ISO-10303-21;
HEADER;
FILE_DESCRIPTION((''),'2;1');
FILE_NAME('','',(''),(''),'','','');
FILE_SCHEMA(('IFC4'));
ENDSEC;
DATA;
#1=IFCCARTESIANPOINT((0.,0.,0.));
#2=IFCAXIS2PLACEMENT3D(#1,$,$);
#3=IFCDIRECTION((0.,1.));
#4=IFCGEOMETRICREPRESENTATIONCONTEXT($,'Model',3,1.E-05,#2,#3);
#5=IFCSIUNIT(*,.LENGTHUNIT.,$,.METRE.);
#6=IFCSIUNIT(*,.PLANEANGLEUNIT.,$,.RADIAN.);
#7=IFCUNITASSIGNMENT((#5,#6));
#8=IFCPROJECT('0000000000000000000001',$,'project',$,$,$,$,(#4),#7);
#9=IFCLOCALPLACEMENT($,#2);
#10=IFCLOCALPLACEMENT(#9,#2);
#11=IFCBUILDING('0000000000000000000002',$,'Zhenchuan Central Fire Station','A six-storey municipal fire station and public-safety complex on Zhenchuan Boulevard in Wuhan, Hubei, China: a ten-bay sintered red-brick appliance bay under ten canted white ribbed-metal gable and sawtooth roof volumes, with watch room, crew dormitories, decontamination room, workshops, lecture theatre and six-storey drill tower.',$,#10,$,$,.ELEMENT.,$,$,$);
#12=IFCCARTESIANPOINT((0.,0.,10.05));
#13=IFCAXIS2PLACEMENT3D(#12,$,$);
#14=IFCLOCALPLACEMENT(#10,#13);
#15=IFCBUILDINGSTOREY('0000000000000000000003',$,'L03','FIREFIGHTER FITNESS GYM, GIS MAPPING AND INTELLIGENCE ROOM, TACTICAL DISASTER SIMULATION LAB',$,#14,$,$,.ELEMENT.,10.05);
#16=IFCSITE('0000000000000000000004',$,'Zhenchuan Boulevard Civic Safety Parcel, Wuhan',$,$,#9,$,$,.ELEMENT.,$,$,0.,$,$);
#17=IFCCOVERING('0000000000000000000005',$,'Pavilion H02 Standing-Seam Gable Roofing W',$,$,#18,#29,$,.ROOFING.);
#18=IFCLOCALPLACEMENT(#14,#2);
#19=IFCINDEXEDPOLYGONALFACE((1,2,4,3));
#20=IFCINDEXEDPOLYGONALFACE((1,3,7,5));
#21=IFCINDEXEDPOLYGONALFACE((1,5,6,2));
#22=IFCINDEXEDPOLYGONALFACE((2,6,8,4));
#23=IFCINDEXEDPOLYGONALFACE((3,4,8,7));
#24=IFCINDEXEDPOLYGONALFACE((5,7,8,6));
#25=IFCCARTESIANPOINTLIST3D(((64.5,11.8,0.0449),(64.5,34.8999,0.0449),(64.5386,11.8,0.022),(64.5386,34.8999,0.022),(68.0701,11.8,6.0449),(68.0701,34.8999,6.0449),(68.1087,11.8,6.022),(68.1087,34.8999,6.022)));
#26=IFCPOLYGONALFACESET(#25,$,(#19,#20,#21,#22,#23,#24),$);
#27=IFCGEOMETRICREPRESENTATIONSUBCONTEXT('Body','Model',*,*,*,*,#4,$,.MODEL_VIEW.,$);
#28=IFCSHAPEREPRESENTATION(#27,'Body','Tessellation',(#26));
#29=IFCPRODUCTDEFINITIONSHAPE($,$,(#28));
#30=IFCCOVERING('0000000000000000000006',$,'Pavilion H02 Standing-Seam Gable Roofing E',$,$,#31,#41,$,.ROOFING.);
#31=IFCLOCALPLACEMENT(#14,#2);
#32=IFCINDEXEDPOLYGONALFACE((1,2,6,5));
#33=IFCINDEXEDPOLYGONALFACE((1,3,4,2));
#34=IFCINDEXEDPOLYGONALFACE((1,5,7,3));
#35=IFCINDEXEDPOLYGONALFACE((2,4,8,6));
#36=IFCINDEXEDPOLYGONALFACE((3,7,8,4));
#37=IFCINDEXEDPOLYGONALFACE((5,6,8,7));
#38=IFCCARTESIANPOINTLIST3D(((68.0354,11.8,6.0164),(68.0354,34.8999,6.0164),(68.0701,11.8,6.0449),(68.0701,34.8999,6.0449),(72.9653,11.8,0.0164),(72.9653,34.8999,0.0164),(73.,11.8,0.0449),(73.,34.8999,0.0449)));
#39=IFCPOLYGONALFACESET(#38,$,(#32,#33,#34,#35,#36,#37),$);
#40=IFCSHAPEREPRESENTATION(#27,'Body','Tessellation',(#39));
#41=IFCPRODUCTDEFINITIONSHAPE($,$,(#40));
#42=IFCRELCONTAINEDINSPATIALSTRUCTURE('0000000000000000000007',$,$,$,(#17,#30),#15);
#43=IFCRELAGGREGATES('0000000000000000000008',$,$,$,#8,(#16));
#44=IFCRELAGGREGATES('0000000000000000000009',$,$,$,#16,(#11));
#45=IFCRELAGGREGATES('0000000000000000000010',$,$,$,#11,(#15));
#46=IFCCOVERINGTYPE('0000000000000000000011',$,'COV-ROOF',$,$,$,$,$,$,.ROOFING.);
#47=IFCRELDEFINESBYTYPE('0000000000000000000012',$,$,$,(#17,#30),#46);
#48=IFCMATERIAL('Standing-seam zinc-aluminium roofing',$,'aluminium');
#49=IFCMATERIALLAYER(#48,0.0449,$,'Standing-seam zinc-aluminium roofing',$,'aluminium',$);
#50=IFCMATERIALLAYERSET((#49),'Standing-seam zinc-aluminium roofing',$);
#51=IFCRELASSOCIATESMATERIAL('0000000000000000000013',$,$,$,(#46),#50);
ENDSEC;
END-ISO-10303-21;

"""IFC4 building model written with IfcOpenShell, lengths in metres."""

from ifc_helpers import new_model, si_unit, direction, frame, origin, place, context, subcontext, project, spatial, polyline, outline, extrude, material, layer, layer_set, type_object, element, save


model = new_model("IFC4")

# Units and contexts
model_context = context("Model", 3, precision=1e-05, world=origin(), true_north=direction((0.0, 1.0)))
body_context = subcontext(model_context, "Body", "Model", "MODEL_VIEW")
ifc_project = project(units=[si_unit("LENGTHUNIT", "METRE"), si_unit("PLANEANGLEUNIT", "RADIAN")], contexts=[model_context])

# Site, building, storey
site_placement = place(None, origin())
site = spatial("IfcSite", under=ifc_project, at=site_placement, Name="Zhenchuan Boulevard Civic Safety Parcel, Wuhan", CompositionType="ELEMENT", RefElevation=0.0)
building_placement = place(site_placement, origin())
building = spatial("IfcBuilding", under=site, at=building_placement, Name="Zhenchuan Central Fire Station", Description="A six-storey municipal fire station and public-safety complex on Zhenchuan Boulevard in Wuhan, Hubei, China: a ten-bay sintered red-brick appliance bay under ten canted white ribbed-metal gable and sawtooth roof volumes, with watch room, crew dormitories, decontamination room, workshops, lecture theatre and six-storey drill tower.", CompositionType="ELEMENT")
storey_placement = place(building_placement, frame((0.0, 0.0, 10.05)))
storey = spatial("IfcBuildingStorey", under=building, at=storey_placement, Name="L03", Description="FIREFIGHTER FITNESS GYM, GIS MAPPING AND INTELLIGENCE ROOM, TACTICAL DISASTER SIMULATION LAB", CompositionType="ELEMENT", Elevation=10.05)

# Coverings
ifc_material_1 = material(Name="Standing-seam zinc-aluminium roofing", Category="aluminium")
ifc_layer_1 = layer(ifc_material_1, 0.0449, Name="Standing-seam zinc-aluminium roofing", Category="aluminium")
ifc_layer_set_1 = layer_set([ifc_layer_1], Name="Standing-seam zinc-aluminium roofing")
covering_type = type_object("IfcCoveringType", Name="COV-ROOF", PredefinedType="ROOFING", material=ifc_layer_set_1)
covering_1_placement = place(storey_placement, frame((64.5, 11.8, 0.0449), z_axis=(-0.859378, 0.0, 0.51134), x_axis=(0.51134, 0.0, 0.859378)))
element("IfcCovering", 1, at=covering_1_placement, inside=storey, type_object=covering_type, Name="Pavilion H02 Standing-Seam Gable Roofing W", PredefinedType="ROOFING", context=body_context, shape_type="SweptSolid", body=[
    extrude(outline(polyline([(0.0, 0.0), (6.9818, 0.0), (6.9818, 23.0999), (0.0, 23.0999), (0.0, 0.0)])), origin(), (0.0, 0.0, -1.0), 0.0449),
])
covering_2_placement = place(storey_placement, frame((68.0701, 11.8, 6.0449), z_axis=(0.77264, 0.0, 0.634844), x_axis=(0.634844, 0.0, -0.77264)))
element("IfcCovering", 2, at=covering_2_placement, inside=storey, type_object=covering_type, Name="Pavilion H02 Standing-Seam Gable Roofing E", PredefinedType="ROOFING", context=body_context, shape_type="SweptSolid", body=[
    extrude(outline(polyline([(0.0, 0.0), (7.7656, 0.0), (7.7656, 23.0999), (0.0, 23.0999), (0.0, 0.0)])), origin(), (0.0, 0.0, -1.0), 0.0449),
])

save(model, "model.ifc")
